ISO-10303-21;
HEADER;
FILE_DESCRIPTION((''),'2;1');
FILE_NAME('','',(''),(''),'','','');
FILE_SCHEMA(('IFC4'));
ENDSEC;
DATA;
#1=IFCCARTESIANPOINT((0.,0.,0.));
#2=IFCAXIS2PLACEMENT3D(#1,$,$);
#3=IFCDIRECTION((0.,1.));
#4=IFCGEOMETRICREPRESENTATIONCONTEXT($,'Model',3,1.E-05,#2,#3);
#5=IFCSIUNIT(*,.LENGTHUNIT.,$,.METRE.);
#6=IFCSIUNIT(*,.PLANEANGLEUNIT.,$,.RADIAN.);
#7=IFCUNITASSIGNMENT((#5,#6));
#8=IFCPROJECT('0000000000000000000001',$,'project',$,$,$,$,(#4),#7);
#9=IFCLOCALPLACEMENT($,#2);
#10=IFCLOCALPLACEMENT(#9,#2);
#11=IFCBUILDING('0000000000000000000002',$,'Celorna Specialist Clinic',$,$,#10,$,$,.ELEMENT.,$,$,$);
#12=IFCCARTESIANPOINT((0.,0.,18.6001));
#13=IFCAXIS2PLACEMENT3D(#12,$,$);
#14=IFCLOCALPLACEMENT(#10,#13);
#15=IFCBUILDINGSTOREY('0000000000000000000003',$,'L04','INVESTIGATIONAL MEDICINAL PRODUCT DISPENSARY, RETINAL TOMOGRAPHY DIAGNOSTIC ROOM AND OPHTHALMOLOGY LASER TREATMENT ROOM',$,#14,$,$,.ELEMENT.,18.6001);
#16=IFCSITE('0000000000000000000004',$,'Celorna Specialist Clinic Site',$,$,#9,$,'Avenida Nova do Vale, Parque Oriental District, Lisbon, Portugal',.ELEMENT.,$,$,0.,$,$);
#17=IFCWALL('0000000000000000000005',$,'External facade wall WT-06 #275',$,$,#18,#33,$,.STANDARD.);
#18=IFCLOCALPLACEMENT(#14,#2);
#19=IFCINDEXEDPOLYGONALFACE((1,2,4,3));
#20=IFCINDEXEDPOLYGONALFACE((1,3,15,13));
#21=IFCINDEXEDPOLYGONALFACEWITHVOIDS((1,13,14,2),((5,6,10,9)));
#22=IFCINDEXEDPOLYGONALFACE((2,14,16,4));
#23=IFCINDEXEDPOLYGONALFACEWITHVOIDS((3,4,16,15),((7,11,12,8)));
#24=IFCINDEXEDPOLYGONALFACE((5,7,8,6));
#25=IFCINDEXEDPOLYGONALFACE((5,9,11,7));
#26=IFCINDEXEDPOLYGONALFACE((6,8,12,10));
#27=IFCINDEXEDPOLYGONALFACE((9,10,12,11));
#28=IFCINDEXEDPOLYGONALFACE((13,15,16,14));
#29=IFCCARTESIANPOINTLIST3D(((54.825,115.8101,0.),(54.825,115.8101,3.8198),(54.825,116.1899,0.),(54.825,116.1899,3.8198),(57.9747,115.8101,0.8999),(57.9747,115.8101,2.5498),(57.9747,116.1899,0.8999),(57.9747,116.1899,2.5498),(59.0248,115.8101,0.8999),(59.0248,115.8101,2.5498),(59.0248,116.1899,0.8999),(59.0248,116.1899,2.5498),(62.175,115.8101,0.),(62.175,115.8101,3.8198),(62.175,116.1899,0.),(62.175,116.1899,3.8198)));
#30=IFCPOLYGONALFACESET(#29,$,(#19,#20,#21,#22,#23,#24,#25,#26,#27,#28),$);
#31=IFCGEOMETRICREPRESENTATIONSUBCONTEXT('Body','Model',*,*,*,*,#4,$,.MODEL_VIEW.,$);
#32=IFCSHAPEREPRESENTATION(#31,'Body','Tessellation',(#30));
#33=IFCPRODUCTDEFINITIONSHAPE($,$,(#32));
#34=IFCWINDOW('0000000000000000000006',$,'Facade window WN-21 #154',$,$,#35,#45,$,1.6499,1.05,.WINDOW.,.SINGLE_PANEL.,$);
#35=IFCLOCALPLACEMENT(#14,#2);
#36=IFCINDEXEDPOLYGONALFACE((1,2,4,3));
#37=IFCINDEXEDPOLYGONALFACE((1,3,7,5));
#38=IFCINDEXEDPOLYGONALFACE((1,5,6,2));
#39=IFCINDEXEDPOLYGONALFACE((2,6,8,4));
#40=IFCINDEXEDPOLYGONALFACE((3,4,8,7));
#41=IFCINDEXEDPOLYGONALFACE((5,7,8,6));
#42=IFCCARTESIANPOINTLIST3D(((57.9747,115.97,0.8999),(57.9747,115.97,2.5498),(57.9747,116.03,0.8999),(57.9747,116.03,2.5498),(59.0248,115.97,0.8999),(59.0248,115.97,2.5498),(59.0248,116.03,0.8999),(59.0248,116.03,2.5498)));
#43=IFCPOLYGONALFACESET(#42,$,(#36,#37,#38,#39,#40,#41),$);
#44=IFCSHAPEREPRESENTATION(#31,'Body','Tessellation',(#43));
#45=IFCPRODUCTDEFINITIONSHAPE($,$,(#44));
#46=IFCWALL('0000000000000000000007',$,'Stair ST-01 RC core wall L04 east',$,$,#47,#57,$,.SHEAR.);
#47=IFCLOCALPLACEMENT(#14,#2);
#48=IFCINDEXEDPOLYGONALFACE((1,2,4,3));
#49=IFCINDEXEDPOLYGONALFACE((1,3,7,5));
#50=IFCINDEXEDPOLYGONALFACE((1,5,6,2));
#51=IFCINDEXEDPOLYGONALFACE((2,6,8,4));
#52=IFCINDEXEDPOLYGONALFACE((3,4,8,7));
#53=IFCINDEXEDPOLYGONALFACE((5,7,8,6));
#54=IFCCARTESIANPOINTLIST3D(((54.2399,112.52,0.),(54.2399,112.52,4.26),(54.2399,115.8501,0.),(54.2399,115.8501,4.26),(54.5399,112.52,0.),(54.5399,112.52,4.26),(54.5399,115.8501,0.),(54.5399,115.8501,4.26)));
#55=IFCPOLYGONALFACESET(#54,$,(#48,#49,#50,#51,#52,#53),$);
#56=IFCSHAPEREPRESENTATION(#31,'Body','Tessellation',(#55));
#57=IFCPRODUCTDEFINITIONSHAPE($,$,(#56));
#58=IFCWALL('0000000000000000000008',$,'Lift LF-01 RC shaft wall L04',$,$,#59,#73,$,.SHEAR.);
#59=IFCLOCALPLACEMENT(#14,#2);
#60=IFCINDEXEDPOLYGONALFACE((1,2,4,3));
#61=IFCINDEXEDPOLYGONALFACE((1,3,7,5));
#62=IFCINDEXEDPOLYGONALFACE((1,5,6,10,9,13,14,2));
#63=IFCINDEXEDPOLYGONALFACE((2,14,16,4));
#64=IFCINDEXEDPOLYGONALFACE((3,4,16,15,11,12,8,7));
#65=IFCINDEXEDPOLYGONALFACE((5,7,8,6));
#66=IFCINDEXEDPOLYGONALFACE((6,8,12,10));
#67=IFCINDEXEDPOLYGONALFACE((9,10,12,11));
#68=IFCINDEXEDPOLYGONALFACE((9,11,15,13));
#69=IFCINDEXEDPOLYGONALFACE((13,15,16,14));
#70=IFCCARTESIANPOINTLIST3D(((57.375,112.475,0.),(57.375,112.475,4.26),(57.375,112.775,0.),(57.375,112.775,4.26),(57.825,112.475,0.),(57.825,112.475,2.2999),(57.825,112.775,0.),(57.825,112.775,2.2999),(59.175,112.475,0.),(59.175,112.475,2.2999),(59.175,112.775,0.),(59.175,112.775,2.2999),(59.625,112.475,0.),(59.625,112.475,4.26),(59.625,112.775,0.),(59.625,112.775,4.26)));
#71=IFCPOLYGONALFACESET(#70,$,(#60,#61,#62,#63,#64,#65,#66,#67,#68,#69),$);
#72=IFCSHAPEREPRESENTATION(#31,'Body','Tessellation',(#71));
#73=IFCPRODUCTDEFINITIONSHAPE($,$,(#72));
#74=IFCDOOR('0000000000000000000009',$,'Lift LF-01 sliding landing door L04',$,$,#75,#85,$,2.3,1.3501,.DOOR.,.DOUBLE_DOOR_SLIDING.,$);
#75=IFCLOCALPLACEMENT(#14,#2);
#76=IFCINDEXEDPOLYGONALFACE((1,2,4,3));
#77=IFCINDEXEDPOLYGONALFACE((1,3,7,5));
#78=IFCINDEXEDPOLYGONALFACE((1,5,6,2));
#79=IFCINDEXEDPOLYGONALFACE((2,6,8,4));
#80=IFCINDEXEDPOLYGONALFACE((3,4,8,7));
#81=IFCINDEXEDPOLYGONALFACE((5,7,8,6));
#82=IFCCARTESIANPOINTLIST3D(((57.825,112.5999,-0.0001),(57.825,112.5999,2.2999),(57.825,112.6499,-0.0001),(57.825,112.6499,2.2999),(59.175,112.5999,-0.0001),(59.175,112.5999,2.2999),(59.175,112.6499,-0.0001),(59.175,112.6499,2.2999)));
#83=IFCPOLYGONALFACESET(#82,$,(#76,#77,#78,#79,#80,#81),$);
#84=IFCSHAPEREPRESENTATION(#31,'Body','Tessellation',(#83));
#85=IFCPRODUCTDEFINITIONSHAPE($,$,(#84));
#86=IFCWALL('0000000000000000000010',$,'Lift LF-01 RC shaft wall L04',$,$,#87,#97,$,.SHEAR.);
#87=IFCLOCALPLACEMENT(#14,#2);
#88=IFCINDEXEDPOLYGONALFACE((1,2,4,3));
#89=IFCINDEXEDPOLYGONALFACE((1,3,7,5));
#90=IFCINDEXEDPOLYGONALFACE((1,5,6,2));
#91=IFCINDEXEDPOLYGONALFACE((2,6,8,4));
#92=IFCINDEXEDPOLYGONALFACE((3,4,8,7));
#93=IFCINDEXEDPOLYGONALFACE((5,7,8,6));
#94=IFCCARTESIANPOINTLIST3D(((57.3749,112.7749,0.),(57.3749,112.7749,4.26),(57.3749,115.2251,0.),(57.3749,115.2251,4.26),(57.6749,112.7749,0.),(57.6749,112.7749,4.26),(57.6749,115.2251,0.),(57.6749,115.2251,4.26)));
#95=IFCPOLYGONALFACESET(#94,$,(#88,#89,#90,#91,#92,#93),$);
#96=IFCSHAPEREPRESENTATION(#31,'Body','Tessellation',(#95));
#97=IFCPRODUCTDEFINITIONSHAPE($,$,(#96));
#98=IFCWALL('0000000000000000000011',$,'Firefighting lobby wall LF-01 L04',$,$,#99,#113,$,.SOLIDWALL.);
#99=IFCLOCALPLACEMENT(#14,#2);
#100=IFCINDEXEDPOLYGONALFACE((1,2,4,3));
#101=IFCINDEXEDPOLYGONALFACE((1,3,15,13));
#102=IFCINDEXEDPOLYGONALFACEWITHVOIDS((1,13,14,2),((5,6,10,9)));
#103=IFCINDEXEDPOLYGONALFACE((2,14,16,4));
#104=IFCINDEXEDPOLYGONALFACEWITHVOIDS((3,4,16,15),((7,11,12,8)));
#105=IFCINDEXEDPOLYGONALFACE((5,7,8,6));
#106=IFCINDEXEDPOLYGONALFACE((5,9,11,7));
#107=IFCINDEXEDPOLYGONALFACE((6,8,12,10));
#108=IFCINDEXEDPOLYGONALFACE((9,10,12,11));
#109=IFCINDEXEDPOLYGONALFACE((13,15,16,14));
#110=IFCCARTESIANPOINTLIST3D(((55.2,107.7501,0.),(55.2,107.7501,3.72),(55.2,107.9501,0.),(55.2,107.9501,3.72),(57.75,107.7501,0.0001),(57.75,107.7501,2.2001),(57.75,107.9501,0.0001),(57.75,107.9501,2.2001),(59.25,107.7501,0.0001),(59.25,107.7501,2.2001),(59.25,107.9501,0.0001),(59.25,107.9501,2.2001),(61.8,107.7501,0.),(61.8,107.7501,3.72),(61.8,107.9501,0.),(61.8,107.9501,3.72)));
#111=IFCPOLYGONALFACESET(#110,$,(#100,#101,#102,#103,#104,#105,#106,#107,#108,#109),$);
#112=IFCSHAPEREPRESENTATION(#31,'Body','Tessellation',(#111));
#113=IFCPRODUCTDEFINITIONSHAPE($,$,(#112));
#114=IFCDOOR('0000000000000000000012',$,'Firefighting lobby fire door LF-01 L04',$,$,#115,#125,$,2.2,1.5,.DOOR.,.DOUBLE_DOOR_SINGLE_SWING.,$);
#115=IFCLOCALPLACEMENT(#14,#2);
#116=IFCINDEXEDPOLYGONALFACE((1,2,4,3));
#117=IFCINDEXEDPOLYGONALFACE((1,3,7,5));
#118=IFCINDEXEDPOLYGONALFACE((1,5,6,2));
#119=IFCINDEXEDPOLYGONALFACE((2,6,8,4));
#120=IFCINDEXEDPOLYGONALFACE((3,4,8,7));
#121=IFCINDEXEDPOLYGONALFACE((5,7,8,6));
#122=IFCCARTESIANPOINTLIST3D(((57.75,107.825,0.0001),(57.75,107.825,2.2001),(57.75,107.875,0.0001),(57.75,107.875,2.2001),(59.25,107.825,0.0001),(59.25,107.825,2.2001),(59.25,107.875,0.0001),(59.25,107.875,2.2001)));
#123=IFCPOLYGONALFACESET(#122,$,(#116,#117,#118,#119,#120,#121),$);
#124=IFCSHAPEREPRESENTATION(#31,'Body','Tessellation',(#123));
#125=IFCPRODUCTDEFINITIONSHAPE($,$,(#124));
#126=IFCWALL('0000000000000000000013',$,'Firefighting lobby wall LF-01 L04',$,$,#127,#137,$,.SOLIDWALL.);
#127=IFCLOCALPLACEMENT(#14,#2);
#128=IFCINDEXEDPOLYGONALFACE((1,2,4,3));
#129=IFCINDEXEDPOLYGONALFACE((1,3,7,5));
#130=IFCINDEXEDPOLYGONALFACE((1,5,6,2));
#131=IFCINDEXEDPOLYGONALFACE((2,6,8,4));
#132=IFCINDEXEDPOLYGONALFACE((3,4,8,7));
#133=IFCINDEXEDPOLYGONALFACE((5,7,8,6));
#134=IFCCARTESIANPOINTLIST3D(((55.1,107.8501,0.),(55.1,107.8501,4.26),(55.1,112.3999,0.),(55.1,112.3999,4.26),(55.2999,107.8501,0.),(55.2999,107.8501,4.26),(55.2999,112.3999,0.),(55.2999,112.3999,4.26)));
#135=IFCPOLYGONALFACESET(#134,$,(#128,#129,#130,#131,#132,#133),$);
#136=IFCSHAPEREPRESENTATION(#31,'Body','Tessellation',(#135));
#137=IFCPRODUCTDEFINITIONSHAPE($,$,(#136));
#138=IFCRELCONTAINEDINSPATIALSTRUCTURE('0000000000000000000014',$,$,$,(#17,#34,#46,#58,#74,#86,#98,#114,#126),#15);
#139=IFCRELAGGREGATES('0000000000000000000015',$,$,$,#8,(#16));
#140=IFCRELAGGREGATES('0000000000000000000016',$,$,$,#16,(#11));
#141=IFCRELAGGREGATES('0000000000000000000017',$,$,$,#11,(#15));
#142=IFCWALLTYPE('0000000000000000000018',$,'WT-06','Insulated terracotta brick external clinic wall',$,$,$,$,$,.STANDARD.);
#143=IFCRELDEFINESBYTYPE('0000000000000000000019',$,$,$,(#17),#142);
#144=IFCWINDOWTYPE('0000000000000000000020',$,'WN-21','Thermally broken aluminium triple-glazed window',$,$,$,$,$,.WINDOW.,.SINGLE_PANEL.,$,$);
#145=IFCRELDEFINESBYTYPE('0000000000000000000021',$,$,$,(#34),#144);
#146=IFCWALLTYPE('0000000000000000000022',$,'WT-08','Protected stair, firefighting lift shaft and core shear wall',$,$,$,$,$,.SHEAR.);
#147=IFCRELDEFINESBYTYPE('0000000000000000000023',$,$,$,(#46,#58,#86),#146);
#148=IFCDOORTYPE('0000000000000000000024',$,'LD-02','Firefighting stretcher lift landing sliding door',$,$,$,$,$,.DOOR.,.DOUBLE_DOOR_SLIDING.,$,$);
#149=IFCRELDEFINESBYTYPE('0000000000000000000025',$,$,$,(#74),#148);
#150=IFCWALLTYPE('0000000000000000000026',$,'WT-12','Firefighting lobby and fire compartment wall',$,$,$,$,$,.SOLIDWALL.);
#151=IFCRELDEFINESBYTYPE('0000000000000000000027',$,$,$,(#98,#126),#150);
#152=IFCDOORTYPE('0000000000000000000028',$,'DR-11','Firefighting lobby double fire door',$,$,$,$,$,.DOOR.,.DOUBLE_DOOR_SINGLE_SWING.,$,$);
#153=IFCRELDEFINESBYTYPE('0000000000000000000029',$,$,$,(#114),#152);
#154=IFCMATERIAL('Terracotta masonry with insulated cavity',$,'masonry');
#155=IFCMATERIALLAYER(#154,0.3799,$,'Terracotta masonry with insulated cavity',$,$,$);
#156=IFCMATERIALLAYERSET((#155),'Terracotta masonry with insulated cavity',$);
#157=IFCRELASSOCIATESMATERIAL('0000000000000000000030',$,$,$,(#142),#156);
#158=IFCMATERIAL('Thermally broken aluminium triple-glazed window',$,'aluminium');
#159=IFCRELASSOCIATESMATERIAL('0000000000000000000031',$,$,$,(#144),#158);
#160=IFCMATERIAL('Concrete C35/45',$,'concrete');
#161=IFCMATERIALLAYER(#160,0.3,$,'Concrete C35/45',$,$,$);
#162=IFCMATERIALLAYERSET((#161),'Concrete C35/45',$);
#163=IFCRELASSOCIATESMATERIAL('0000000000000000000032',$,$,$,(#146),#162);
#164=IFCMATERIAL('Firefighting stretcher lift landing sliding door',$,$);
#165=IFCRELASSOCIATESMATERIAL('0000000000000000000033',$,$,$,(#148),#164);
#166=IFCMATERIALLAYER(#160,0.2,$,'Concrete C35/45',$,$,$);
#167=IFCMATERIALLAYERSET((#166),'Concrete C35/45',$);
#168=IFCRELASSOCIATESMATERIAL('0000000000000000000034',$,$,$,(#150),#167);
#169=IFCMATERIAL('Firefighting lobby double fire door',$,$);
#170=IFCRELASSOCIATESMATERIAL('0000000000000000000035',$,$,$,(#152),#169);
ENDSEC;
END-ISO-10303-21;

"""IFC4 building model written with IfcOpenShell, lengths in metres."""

from ifc_helpers import new_model, si_unit, direction, frame, frame_2d, origin, place, context, subcontext, project, spatial, rectangle, extrude, material, layer, layer_set, type_object, element, fill, save


model = new_model("IFC4")

# Units and contexts
model_context = context("Model", 3, precision=1e-05, world=origin(), true_north=direction((0.0, 1.0)))
body_context = subcontext(model_context, "Body", "Model", "MODEL_VIEW")
ifc_project = project(units=[si_unit("LENGTHUNIT", "METRE"), si_unit("PLANEANGLEUNIT", "RADIAN")], contexts=[model_context])

# Site, building, storey
site_placement = place(None, origin())
site = spatial("IfcSite", under=ifc_project, at=site_placement, Name="Celorna Specialist Clinic Site", LongName="Avenida Nova do Vale, Parque Oriental District, Lisbon, Portugal", CompositionType="ELEMENT", RefElevation=0.0)
building_placement = place(site_placement, origin())
building = spatial("IfcBuilding", under=site, at=building_placement, Name="Celorna Specialist Clinic", CompositionType="ELEMENT")
storey_placement = place(building_placement, frame((0.0, 0.0, 18.6001)))
storey = spatial("IfcBuildingStorey", under=building, at=storey_placement, Name="L04", Description="INVESTIGATIONAL MEDICINAL PRODUCT DISPENSARY, RETINAL TOMOGRAPHY DIAGNOSTIC ROOM AND OPHTHALMOLOGY LASER TREATMENT ROOM", CompositionType="ELEMENT", Elevation=18.6001)

# Shared definitions
ifc_material_1 = material(Name="Concrete C35/45", Category="concrete")

# Wall, opening, window
ifc_material_2 = material(Name="Terracotta masonry with insulated cavity", Category="masonry")
ifc_layer_1 = layer(ifc_material_2, 0.3799, Name="Terracotta masonry with insulated cavity")
ifc_layer_set_1 = layer_set([ifc_layer_1], Name="Terracotta masonry with insulated cavity")
wall_type_1 = type_object("IfcWallType", Name="WT-06", Description="Insulated terracotta brick external clinic wall", PredefinedType="STANDARD", material=ifc_layer_set_1)
wall_1_placement = place(storey_placement, frame((54.825, 116.0, 0.0), z_axis=(0.0, 0.0, 1.0), x_axis=(1.0, 0.0, 0.0)))
wall_1 = element("IfcWall", 1, at=wall_1_placement, inside=storey, type_object=wall_type_1, Name="External facade wall WT-06 #275", PredefinedType="STANDARD", context=body_context, shape_type="SweptSolid", body=[
    extrude(rectangle(XDim=7.3501, YDim=0.3799, at=frame_2d((3.675, 0.0))), origin(), (0.0, 0.0, 1.0), 3.8198),
])
opening_1_placement = place(wall_1_placement, frame((3.1499, 0.0, 0.8999)))
opening_1 = element("IfcOpeningElement", 2, at=opening_1_placement, cuts=wall_1, PredefinedType="OPENING", context=body_context, shape_type="SweptSolid", body=[
    extrude(rectangle(XDim=1.05, YDim=1.6499, at=frame_2d((0.5249, 0.825))), frame((0.0, 0.2, 0.0), z_axis=(0.0, -1.0, 0.0), x_axis=(1.0, 0.0, 0.0)), (0.0, 0.0, 1.0), 0.3999),
])
ifc_material_3 = material(Name="Thermally broken aluminium triple-glazed window", Category="aluminium")
window_type = type_object("IfcWindowType", Name="WN-21", Description="Thermally broken aluminium triple-glazed window", PartitioningType="SINGLE_PANEL", PredefinedType="WINDOW", material=ifc_material_3)
window_placement = place(opening_1_placement, origin())
window = element("IfcWindow", 3, at=window_placement, inside=storey, type_object=window_type, Name="Facade window WN-21 #154", OverallHeight=1.6499, OverallWidth=1.05, PartitioningType="SINGLE_PANEL", PredefinedType="WINDOW", context=body_context, shape_type="SweptSolid", body=[
    extrude(rectangle(XDim=1.05, YDim=1.6499, at=frame_2d((0.5249, 0.825))), frame((0.0, 0.03, 0.0), z_axis=(0.0, -1.0, 0.0), x_axis=(1.0, 0.0, 0.0)), (0.0, 0.0, 1.0), 0.0601),
])
fill(opening_1, window)

# Wall
ifc_layer_2 = layer(ifc_material_1, 0.3, Name="Concrete C35/45")
ifc_layer_set_2 = layer_set([ifc_layer_2], Name="Concrete C35/45")
wall_type_2 = type_object("IfcWallType", Name="WT-08", Description="Protected stair, firefighting lift shaft and core shear wall", PredefinedType="SHEAR", material=ifc_layer_set_2)
wall_2_placement = place(storey_placement, frame((54.3899, 112.52, 0.0), z_axis=(0.0, 0.0, 1.0), x_axis=(0.0, 1.0, 0.0)))
element("IfcWall", 4, at=wall_2_placement, inside=storey, type_object=wall_type_2, Name="Stair ST-01 RC core wall L04 east", PredefinedType="SHEAR", context=body_context, shape_type="SweptSolid", body=[
    extrude(rectangle(XDim=3.3301, YDim=0.3, at=frame_2d((1.665, 0.0))), origin(), (0.0, 0.0, 1.0), 4.26),
])

# Wall, opening, door
wall_3_placement = place(storey_placement, frame((57.375, 112.625, 0.0), z_axis=(0.0, 0.0, 1.0), x_axis=(1.0, 0.0, 0.0)))
wall_3 = element("IfcWall", 5, at=wall_3_placement, inside=storey, type_object=wall_type_2, Name="Lift LF-01 RC shaft wall L04", PredefinedType="SHEAR", context=body_context, shape_type="SweptSolid", body=[
    extrude(rectangle(XDim=2.25, YDim=0.3, at=frame_2d((1.125, 0.0))), origin(), (0.0, 0.0, 1.0), 4.26),
])
opening_2_placement = place(wall_3_placement, frame((0.45, 0.0, 0.0)))
opening_2 = element("IfcOpeningElement", 6, at=opening_2_placement, cuts=wall_3, PredefinedType="OPENING", context=body_context, shape_type="SweptSolid", body=[
    extrude(rectangle(XDim=1.3501, YDim=2.3, at=frame_2d((0.675, 1.1499))), frame((0.0, 0.1599, 0.0), z_axis=(0.0, -1.0, 0.0), x_axis=(1.0, 0.0, 0.0)), (0.0, 0.0, 1.0), 0.3201),
])
ifc_material_4 = material(Name="Firefighting stretcher lift landing sliding door")
door_type_1 = type_object("IfcDoorType", Name="LD-02", Description="Firefighting stretcher lift landing sliding door", OperationType="DOUBLE_DOOR_SLIDING", PredefinedType="DOOR", material=ifc_material_4)
door_1_placement = place(opening_2_placement, origin())
door_1 = element("IfcDoor", 7, at=door_1_placement, inside=storey, type_object=door_type_1, Name="Lift LF-01 sliding landing door L04", OperationType="DOUBLE_DOOR_SLIDING", OverallHeight=2.3, OverallWidth=1.3501, PredefinedType="DOOR", context=body_context, shape_type="SweptSolid", body=[
    extrude(rectangle(XDim=1.3501, YDim=2.3, at=frame_2d((0.675, 1.1499))), frame((0.0, 0.0249, 0.0), z_axis=(0.0, -1.0, 0.0), x_axis=(1.0, 0.0, 0.0)), (0.0, 0.0, 1.0), 0.05),
])
fill(opening_2, door_1)

# Wall
wall_4_placement = place(storey_placement, frame((57.5249, 115.2251, 0.0), z_axis=(0.0, 0.0, 1.0), x_axis=(0.0, -1.0, 0.0)))
element("IfcWall", 8, at=wall_4_placement, inside=storey, type_object=wall_type_2, Name="Lift LF-01 RC shaft wall L04", PredefinedType="SHEAR", context=body_context, shape_type="SweptSolid", body=[
    extrude(rectangle(XDim=2.4502, YDim=0.3, at=frame_2d((1.2251, 0.0))), origin(), (0.0, 0.0, 1.0), 4.26),
])

# Wall, opening, door
ifc_layer_3 = layer(ifc_material_1, 0.2, Name="Concrete C35/45")
ifc_layer_set_3 = layer_set([ifc_layer_3], Name="Concrete C35/45")
wall_type_3 = type_object("IfcWallType", Name="WT-12", Description="Firefighting lobby and fire compartment wall", PredefinedType="SOLIDWALL", material=ifc_layer_set_3)
wall_5_placement = place(storey_placement, frame((55.2, 107.8501, 0.0), z_axis=(0.0, 0.0, 1.0), x_axis=(1.0, 0.0, 0.0)))
wall_5 = element("IfcWall", 9, at=wall_5_placement, inside=storey, type_object=wall_type_3, Name="Firefighting lobby wall LF-01 L04", PredefinedType="SOLIDWALL", context=body_context, shape_type="SweptSolid", body=[
    extrude(rectangle(XDim=6.6001, YDim=0.2, at=frame_2d((3.3, 0.0))), origin(), (0.0, 0.0, 1.0), 3.72),
])
opening_3_placement = place(wall_5_placement, frame((2.55, 0.0, 0.0)))
opening_3 = element("IfcOpeningElement", 10, at=opening_3_placement, cuts=wall_5, PredefinedType="OPENING", context=body_context, shape_type="SweptSolid", body=[
    extrude(rectangle(XDim=1.5, YDim=2.2, at=frame_2d((0.75, 1.1001))), frame((0.0, 0.1099, 0.0), z_axis=(0.0, -1.0, 0.0), x_axis=(1.0, 0.0, 0.0)), (0.0, 0.0, 1.0), 0.22),
])
ifc_material_5 = material(Name="Firefighting lobby double fire door")
door_type_2 = type_object("IfcDoorType", Name="DR-11", Description="Firefighting lobby double fire door", OperationType="DOUBLE_DOOR_SINGLE_SWING", PredefinedType="DOOR", material=ifc_material_5)
door_2_placement = place(opening_3_placement, origin())
door_2 = element("IfcDoor", 11, at=door_2_placement, inside=storey, type_object=door_type_2, Name="Firefighting lobby fire door LF-01 L04", OperationType="DOUBLE_DOOR_SINGLE_SWING", OverallHeight=2.2, OverallWidth=1.5, PredefinedType="DOOR", context=body_context, shape_type="SweptSolid", body=[
    extrude(rectangle(XDim=1.5, YDim=2.2, at=frame_2d((0.75, 1.1001))), frame((0.0, 0.0249, 0.0), z_axis=(0.0, -1.0, 0.0), x_axis=(1.0, 0.0, 0.0)), (0.0, 0.0, 1.0), 0.05),
])
fill(opening_3, door_2)

# Wall
wall_6_placement = place(storey_placement, frame((55.2, 112.3999, 0.0), z_axis=(0.0, 0.0, 1.0), x_axis=(0.0, -1.0, 0.0)))
element("IfcWall", 12, at=wall_6_placement, inside=storey, type_object=wall_type_3, Name="Firefighting lobby wall LF-01 L04", PredefinedType="SOLIDWALL", context=body_context, shape_type="SweptSolid", body=[
    extrude(rectangle(XDim=4.5498, YDim=0.2, at=frame_2d((2.2749, 0.0))), origin(), (0.0, 0.0, 1.0), 4.26),
])

save(model, "model.ifc")
